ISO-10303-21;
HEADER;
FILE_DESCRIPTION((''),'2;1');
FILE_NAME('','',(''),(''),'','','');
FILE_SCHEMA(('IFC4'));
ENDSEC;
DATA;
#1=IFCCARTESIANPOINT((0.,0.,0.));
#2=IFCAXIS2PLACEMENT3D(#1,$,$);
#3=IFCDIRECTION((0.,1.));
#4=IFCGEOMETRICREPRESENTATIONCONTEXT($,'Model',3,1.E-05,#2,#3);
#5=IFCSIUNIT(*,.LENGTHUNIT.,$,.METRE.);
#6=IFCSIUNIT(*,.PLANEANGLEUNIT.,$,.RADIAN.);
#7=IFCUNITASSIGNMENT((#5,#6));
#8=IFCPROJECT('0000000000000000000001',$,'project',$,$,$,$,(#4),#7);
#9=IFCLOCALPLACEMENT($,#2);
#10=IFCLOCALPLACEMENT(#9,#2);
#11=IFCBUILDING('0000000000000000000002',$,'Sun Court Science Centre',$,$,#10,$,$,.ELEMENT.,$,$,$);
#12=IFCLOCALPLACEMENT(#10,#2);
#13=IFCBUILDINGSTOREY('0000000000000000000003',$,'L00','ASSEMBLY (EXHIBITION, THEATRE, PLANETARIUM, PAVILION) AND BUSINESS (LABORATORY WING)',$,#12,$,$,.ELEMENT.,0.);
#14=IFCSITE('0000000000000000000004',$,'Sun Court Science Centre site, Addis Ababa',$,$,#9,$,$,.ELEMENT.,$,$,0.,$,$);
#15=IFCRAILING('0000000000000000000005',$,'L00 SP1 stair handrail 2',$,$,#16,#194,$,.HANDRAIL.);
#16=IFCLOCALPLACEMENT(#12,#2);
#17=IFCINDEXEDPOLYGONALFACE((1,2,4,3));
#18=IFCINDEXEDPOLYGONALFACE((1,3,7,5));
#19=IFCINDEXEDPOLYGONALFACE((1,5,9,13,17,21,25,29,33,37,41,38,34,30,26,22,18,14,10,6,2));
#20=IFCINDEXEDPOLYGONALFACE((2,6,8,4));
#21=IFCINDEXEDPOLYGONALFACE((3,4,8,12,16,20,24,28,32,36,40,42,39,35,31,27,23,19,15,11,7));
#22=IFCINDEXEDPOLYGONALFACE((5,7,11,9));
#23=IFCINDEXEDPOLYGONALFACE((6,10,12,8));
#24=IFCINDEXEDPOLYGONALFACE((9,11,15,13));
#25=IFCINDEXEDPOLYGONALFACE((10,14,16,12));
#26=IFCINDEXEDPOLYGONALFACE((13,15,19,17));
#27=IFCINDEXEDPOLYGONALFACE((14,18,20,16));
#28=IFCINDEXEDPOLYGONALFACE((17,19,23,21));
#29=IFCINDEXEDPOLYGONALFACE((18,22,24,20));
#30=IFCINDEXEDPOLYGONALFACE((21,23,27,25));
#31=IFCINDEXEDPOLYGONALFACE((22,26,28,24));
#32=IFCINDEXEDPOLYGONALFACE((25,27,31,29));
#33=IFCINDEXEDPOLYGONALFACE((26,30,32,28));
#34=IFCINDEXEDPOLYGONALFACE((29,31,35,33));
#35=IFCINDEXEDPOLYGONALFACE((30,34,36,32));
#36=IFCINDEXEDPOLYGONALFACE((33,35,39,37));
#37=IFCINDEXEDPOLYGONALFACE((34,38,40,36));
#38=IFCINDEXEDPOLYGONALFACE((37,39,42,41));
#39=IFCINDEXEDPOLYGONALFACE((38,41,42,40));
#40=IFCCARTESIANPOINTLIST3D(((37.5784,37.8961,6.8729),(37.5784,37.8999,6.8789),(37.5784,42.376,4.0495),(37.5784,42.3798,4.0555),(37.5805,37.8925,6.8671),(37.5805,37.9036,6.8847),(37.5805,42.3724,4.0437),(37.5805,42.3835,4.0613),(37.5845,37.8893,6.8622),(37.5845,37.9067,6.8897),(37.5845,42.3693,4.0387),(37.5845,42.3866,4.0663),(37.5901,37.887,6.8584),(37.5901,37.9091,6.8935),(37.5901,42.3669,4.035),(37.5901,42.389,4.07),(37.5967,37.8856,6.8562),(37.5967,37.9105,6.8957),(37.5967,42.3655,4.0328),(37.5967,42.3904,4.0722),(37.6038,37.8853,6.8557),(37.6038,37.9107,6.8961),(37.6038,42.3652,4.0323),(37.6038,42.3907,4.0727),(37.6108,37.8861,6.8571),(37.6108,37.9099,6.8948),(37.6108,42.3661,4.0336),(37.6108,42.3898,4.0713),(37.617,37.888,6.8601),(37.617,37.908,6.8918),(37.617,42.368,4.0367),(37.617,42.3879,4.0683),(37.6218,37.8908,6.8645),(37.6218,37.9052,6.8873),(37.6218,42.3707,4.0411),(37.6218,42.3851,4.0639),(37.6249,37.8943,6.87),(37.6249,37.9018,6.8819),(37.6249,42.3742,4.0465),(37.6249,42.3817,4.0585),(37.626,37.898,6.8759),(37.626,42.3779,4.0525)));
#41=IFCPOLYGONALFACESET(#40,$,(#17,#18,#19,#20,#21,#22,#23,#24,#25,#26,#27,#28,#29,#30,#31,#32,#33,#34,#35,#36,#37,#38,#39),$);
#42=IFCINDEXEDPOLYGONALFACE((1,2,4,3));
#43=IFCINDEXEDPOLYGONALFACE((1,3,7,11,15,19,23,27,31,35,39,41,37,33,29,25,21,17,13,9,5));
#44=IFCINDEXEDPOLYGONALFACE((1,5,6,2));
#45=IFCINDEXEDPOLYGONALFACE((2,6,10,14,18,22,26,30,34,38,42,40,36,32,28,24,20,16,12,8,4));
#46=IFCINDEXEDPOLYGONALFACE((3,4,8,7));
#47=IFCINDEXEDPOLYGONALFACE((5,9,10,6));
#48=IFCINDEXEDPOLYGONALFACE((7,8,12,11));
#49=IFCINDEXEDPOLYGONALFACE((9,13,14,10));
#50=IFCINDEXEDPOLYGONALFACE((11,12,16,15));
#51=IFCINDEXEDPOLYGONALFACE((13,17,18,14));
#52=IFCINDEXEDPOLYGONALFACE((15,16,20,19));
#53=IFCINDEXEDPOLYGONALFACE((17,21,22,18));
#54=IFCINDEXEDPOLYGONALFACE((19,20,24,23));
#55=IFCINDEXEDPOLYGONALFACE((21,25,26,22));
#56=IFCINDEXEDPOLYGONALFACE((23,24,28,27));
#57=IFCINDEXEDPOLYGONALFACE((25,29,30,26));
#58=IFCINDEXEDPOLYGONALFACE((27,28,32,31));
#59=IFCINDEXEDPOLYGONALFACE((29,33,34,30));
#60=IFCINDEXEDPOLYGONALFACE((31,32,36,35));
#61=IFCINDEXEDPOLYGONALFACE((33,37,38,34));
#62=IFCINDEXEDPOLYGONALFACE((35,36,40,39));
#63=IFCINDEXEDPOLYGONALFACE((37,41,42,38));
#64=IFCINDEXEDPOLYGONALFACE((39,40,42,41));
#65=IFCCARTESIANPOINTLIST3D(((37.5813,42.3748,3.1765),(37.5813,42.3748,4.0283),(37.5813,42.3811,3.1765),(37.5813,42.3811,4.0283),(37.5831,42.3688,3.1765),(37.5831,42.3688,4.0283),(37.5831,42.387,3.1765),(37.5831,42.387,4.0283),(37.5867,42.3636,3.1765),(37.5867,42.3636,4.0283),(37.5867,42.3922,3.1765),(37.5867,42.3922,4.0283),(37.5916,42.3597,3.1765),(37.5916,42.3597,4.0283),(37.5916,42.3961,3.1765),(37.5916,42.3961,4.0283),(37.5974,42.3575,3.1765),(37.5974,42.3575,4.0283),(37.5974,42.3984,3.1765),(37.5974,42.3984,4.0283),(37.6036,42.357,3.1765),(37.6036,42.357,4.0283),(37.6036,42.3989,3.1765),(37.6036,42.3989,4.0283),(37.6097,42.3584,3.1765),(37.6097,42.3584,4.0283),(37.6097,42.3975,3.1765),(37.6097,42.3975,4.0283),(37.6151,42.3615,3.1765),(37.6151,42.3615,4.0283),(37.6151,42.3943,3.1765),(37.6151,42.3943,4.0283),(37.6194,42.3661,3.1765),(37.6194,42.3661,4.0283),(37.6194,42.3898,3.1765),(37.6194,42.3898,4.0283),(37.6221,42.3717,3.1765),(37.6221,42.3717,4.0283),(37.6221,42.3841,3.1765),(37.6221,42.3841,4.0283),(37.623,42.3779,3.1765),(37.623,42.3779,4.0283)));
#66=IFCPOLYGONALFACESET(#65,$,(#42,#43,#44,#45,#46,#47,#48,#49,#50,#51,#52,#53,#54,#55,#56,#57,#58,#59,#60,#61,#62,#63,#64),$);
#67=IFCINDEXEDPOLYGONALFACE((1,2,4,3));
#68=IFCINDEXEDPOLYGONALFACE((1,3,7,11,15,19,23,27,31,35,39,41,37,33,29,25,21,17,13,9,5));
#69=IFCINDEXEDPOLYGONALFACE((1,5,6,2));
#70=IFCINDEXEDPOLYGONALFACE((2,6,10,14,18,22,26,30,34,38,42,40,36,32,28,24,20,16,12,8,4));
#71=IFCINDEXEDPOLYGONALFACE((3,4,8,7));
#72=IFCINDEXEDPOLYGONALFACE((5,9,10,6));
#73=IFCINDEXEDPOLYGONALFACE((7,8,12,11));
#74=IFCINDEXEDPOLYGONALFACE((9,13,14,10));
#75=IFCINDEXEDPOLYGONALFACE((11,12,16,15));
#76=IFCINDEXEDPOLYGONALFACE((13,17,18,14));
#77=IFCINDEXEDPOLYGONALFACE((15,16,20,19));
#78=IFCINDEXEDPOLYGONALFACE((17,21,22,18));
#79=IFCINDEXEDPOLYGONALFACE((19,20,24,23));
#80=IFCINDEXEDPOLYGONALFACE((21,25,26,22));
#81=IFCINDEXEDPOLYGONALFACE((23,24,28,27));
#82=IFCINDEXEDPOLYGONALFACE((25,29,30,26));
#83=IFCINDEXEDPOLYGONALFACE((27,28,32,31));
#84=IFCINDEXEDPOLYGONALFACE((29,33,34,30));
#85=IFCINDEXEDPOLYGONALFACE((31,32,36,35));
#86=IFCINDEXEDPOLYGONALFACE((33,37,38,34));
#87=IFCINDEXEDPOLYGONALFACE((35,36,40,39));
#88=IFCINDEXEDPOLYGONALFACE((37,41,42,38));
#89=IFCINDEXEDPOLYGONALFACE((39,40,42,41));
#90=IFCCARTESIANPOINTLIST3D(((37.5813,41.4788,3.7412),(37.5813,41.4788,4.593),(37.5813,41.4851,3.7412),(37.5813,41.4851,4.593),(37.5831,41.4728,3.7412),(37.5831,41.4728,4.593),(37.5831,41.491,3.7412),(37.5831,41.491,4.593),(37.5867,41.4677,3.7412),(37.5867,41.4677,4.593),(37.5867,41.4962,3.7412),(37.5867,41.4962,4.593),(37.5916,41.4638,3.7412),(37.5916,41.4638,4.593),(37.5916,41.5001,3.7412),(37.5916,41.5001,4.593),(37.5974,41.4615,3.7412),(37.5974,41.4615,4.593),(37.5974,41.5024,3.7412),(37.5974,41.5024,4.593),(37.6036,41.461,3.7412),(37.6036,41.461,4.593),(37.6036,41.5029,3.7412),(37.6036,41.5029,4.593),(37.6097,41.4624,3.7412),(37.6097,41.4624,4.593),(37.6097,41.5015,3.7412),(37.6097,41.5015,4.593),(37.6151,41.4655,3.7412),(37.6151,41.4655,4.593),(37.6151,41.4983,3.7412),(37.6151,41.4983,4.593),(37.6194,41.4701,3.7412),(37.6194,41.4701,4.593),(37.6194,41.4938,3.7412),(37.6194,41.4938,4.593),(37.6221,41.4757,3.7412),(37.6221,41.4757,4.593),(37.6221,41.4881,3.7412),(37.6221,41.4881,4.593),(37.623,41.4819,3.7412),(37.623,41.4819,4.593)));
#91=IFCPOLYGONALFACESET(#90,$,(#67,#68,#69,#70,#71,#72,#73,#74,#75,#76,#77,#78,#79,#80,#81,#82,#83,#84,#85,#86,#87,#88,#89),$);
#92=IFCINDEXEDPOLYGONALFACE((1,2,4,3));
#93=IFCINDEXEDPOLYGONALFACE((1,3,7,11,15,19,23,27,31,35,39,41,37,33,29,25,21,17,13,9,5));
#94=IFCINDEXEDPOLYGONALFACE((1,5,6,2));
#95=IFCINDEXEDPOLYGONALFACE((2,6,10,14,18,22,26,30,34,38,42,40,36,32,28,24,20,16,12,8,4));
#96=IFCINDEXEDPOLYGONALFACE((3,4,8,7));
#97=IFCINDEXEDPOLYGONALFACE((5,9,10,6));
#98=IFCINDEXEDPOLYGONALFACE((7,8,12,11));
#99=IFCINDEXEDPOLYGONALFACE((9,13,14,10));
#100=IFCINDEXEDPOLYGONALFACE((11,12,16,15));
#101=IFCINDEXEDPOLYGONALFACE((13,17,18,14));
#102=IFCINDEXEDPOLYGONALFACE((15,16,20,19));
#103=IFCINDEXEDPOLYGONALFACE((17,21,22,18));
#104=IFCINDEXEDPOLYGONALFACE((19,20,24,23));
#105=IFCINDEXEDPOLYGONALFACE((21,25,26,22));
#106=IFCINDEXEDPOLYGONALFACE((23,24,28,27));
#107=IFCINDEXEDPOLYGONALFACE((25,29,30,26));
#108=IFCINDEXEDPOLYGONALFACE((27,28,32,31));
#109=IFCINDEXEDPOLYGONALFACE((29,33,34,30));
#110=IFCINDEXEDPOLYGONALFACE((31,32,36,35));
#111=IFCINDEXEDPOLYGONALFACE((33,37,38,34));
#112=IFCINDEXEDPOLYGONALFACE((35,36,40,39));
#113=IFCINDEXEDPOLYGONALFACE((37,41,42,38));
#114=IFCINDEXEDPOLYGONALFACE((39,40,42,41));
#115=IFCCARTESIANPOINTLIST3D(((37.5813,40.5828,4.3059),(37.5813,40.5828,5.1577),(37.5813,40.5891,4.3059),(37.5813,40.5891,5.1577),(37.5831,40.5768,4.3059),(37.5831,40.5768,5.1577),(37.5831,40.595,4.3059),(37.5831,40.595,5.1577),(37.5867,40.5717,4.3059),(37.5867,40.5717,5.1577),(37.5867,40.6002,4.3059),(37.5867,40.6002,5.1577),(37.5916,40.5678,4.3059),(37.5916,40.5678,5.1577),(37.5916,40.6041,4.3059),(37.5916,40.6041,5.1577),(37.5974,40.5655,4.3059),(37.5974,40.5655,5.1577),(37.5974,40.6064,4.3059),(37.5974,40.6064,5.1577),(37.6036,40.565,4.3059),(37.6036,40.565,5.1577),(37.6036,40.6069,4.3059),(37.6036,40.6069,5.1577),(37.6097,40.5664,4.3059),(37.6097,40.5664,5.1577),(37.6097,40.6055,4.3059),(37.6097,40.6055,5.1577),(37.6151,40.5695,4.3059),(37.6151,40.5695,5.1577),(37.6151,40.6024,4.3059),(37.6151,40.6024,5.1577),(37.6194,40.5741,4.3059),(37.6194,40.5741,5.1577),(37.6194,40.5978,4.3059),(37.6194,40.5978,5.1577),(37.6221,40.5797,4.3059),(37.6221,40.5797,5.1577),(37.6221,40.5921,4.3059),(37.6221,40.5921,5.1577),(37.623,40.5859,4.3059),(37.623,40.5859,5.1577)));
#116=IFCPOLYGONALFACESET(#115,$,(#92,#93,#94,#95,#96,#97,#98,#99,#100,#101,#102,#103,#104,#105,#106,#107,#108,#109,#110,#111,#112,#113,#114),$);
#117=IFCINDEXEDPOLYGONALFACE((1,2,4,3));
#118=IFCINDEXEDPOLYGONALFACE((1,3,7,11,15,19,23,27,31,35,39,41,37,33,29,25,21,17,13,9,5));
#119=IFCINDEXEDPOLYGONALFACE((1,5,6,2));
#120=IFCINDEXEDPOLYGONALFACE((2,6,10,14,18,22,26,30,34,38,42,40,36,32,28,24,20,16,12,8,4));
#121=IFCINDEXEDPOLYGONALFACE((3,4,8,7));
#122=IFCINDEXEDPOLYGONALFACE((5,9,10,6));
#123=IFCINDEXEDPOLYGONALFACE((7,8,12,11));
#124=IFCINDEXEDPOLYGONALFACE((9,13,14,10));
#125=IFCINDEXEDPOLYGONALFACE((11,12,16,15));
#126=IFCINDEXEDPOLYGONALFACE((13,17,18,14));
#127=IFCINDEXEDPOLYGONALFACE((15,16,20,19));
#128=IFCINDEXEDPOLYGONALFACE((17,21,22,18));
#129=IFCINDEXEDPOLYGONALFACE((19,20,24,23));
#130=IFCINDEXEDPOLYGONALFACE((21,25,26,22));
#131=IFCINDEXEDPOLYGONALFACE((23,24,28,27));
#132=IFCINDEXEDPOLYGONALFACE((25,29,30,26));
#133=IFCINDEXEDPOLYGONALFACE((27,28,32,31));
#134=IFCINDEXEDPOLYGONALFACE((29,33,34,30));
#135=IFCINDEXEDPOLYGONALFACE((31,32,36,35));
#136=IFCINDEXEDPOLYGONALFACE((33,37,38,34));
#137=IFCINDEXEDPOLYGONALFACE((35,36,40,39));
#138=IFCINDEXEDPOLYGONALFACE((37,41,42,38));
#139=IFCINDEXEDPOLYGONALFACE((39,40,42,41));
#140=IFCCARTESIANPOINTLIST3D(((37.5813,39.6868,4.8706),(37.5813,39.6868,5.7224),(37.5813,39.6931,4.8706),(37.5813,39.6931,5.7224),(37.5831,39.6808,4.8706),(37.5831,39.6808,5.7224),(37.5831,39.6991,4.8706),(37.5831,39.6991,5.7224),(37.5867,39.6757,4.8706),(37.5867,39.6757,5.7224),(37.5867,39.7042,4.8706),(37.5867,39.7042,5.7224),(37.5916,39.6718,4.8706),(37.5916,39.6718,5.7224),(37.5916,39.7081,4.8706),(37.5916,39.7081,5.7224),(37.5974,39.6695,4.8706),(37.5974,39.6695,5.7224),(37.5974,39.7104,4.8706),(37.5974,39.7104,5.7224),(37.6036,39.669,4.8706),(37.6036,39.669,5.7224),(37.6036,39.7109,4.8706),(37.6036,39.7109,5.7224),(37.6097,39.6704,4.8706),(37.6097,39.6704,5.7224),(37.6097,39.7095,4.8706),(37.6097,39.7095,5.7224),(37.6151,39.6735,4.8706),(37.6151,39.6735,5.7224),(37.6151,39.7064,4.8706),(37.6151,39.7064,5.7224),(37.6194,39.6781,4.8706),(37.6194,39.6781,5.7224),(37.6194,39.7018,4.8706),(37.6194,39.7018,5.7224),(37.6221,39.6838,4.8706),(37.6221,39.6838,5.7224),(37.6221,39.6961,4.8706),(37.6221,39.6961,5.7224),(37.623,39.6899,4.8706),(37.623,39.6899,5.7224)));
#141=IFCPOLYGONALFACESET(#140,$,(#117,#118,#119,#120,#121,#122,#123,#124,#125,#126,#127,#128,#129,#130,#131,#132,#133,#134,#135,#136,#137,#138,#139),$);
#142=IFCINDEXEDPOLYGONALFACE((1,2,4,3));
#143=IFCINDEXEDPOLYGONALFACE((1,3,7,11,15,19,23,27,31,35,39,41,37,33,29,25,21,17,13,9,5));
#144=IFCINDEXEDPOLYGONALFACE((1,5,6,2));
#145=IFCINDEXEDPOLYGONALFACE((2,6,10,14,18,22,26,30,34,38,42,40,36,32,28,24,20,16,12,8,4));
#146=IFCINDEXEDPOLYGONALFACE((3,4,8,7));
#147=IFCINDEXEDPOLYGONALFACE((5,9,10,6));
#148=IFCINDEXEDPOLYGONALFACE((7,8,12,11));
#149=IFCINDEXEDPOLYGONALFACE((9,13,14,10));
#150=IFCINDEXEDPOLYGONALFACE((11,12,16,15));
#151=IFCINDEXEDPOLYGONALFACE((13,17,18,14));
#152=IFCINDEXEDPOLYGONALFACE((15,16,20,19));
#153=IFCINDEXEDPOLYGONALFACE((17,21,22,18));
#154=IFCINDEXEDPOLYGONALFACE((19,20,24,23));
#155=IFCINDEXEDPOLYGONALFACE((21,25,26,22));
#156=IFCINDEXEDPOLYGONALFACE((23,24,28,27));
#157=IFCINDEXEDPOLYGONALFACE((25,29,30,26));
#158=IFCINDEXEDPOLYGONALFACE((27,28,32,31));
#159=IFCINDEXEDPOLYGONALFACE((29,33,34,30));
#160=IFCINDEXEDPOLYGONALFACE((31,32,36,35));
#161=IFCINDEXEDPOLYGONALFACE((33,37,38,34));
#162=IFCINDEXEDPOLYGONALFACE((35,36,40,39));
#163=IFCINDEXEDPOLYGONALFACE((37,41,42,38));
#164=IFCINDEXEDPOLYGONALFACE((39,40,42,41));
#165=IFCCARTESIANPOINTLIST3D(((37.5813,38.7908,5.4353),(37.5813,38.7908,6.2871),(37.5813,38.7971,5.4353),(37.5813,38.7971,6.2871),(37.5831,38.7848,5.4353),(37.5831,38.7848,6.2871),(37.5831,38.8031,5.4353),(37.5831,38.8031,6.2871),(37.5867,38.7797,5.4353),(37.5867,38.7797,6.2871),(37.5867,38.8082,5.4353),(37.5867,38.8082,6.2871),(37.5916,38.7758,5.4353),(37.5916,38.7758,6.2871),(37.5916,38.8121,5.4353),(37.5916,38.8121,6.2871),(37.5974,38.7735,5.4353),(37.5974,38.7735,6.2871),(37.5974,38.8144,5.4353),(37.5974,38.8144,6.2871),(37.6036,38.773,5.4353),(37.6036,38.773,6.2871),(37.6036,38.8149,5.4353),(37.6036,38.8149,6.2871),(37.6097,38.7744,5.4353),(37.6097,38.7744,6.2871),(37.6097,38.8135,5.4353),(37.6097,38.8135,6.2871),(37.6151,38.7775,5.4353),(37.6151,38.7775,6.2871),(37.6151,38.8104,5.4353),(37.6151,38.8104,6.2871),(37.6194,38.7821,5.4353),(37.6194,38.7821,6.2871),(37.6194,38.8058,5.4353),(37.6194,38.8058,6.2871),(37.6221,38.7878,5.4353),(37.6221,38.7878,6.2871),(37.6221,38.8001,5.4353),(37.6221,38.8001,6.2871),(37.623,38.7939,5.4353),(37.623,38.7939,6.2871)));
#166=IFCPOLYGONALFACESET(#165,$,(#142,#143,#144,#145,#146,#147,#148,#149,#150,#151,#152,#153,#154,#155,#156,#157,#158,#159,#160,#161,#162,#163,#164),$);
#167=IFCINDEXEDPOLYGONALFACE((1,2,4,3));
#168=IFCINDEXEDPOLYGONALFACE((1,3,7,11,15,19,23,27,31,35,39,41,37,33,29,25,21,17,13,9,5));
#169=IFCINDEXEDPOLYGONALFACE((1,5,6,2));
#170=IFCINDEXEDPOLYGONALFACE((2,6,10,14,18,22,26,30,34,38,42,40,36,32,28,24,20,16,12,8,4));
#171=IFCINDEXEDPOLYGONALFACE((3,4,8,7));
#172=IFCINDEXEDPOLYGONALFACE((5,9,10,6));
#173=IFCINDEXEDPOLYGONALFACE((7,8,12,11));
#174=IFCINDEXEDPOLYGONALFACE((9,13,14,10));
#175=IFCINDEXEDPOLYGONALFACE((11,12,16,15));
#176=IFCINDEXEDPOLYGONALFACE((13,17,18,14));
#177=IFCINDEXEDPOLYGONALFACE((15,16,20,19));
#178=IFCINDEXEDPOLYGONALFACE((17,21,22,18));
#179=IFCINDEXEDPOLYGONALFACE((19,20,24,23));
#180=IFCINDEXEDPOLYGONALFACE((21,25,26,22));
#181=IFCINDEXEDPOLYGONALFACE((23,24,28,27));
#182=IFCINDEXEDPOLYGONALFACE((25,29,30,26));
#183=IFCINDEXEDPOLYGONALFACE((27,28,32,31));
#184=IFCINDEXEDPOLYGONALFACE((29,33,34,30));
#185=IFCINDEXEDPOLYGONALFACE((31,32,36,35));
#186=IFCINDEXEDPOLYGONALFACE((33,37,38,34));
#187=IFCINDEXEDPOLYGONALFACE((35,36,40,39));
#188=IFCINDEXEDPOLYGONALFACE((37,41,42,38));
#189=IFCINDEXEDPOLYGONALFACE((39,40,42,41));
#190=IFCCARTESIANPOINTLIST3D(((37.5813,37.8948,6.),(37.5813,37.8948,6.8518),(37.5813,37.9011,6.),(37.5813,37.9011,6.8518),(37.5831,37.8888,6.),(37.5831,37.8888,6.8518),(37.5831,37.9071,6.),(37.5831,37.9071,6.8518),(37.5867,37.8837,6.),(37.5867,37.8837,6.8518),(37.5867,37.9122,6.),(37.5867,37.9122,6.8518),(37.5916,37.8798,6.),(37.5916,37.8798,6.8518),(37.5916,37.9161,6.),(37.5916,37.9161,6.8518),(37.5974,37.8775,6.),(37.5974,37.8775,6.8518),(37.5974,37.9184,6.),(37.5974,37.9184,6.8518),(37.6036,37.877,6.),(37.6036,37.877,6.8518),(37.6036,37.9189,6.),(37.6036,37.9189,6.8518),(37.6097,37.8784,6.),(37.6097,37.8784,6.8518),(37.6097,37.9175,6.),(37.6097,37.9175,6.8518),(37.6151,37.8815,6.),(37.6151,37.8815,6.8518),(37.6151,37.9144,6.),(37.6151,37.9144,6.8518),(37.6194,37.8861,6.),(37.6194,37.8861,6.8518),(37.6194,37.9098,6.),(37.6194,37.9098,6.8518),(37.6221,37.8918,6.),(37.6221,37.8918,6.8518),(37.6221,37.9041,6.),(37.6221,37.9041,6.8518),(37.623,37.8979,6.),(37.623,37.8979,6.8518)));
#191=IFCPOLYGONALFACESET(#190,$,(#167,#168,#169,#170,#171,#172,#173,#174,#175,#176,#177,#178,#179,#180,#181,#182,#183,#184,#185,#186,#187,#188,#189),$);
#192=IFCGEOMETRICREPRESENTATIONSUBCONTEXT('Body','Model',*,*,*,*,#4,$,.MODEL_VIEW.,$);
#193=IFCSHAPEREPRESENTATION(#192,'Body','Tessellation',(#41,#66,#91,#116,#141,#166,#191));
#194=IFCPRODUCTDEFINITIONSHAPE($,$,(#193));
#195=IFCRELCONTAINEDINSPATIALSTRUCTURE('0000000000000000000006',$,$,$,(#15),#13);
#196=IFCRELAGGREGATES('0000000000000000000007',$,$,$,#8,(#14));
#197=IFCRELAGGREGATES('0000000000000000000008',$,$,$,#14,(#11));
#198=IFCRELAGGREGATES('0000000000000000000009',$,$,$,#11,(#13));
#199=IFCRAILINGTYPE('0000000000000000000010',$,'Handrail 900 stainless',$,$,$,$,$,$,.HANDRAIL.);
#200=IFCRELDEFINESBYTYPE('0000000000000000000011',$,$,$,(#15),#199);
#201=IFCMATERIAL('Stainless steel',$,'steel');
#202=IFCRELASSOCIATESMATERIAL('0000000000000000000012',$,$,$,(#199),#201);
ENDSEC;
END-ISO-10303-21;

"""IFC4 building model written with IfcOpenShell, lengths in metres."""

from ifc_helpers import new_model, si_unit, direction, frame, origin, origin_2d, place, context, subcontext, project, spatial, circle, extrude, material, type_object, element, save


model = new_model("IFC4")

# Units and contexts
model_context = context("Model", 3, precision=1e-05, world=origin(), true_north=direction((0.0, 1.0)))
body_context = subcontext(model_context, "Body", "Model", "MODEL_VIEW")
ifc_project = project(units=[si_unit("LENGTHUNIT", "METRE"), si_unit("PLANEANGLEUNIT", "RADIAN")], contexts=[model_context])

# Site, building, storey
site_placement = place(None, origin())
site = spatial("IfcSite", under=ifc_project, at=site_placement, Name="Sun Court Science Centre site, Addis Ababa", CompositionType="ELEMENT", RefElevation=0.0)
building_placement = place(site_placement, origin())
building = spatial("IfcBuilding", under=site, at=building_placement, Name="Sun Court Science Centre", CompositionType="ELEMENT")
storey_placement = place(building_placement, origin())
storey = spatial("IfcBuildingStorey", under=building, at=storey_placement, Name="L00", Description="ASSEMBLY (EXHIBITION, THEATRE, PLANETARIUM, PAVILION) AND BUSINESS (LABORATORY WING)", CompositionType="ELEMENT", Elevation=0.0)

# Railing
ifc_material_1 = material(Name="Stainless steel", Category="steel")
railing_type_1 = type_object("IfcRailingType", Name="Handrail 900 stainless", PredefinedType="HANDRAIL", material=ifc_material_1)
railing_1_placement = place(storey_placement, frame((37.6021, 42.3779, 3.1765)))
element("IfcRailing", 1, at=railing_1_placement, inside=storey, type_object=railing_type_1, Name="L00 SP1 stair handrail 2", PredefinedType="HANDRAIL", context=body_context, shape_type="SweptSolid", body=[
    extrude(circle(Radius=0.0239, at=origin_2d()), frame((0.0, 0.0, 0.876), z_axis=(0.0, -0.845998, 0.533186), x_axis=(1.0, 0.0, 0.0)), (0.0, 0.0, 1.0), 5.2954),
    extrude(circle(Radius=0.021, at=origin_2d()), origin(), (0.0, 0.0, 1.0), 0.8518),
    extrude(circle(Radius=0.021, at=origin_2d()), frame((0.0, -0.896, 0.5647)), (0.0, 0.0, 1.0), 0.8518),
    extrude(circle(Radius=0.021, at=origin_2d()), frame((0.0, -1.792, 1.1294)), (0.0, 0.0, 1.0), 0.8518),
    extrude(circle(Radius=0.021, at=origin_2d()), frame((0.0, -2.688, 1.6941)), (0.0, 0.0, 1.0), 0.8518),
    extrude(circle(Radius=0.021, at=origin_2d()), frame((0.0, -3.584, 2.2588)), (0.0, 0.0, 1.0), 0.8518),
    extrude(circle(Radius=0.021, at=origin_2d()), frame((0.0, -4.48, 2.8235)), (0.0, 0.0, 1.0), 0.8518),
])

save(model, "model.ifc")
